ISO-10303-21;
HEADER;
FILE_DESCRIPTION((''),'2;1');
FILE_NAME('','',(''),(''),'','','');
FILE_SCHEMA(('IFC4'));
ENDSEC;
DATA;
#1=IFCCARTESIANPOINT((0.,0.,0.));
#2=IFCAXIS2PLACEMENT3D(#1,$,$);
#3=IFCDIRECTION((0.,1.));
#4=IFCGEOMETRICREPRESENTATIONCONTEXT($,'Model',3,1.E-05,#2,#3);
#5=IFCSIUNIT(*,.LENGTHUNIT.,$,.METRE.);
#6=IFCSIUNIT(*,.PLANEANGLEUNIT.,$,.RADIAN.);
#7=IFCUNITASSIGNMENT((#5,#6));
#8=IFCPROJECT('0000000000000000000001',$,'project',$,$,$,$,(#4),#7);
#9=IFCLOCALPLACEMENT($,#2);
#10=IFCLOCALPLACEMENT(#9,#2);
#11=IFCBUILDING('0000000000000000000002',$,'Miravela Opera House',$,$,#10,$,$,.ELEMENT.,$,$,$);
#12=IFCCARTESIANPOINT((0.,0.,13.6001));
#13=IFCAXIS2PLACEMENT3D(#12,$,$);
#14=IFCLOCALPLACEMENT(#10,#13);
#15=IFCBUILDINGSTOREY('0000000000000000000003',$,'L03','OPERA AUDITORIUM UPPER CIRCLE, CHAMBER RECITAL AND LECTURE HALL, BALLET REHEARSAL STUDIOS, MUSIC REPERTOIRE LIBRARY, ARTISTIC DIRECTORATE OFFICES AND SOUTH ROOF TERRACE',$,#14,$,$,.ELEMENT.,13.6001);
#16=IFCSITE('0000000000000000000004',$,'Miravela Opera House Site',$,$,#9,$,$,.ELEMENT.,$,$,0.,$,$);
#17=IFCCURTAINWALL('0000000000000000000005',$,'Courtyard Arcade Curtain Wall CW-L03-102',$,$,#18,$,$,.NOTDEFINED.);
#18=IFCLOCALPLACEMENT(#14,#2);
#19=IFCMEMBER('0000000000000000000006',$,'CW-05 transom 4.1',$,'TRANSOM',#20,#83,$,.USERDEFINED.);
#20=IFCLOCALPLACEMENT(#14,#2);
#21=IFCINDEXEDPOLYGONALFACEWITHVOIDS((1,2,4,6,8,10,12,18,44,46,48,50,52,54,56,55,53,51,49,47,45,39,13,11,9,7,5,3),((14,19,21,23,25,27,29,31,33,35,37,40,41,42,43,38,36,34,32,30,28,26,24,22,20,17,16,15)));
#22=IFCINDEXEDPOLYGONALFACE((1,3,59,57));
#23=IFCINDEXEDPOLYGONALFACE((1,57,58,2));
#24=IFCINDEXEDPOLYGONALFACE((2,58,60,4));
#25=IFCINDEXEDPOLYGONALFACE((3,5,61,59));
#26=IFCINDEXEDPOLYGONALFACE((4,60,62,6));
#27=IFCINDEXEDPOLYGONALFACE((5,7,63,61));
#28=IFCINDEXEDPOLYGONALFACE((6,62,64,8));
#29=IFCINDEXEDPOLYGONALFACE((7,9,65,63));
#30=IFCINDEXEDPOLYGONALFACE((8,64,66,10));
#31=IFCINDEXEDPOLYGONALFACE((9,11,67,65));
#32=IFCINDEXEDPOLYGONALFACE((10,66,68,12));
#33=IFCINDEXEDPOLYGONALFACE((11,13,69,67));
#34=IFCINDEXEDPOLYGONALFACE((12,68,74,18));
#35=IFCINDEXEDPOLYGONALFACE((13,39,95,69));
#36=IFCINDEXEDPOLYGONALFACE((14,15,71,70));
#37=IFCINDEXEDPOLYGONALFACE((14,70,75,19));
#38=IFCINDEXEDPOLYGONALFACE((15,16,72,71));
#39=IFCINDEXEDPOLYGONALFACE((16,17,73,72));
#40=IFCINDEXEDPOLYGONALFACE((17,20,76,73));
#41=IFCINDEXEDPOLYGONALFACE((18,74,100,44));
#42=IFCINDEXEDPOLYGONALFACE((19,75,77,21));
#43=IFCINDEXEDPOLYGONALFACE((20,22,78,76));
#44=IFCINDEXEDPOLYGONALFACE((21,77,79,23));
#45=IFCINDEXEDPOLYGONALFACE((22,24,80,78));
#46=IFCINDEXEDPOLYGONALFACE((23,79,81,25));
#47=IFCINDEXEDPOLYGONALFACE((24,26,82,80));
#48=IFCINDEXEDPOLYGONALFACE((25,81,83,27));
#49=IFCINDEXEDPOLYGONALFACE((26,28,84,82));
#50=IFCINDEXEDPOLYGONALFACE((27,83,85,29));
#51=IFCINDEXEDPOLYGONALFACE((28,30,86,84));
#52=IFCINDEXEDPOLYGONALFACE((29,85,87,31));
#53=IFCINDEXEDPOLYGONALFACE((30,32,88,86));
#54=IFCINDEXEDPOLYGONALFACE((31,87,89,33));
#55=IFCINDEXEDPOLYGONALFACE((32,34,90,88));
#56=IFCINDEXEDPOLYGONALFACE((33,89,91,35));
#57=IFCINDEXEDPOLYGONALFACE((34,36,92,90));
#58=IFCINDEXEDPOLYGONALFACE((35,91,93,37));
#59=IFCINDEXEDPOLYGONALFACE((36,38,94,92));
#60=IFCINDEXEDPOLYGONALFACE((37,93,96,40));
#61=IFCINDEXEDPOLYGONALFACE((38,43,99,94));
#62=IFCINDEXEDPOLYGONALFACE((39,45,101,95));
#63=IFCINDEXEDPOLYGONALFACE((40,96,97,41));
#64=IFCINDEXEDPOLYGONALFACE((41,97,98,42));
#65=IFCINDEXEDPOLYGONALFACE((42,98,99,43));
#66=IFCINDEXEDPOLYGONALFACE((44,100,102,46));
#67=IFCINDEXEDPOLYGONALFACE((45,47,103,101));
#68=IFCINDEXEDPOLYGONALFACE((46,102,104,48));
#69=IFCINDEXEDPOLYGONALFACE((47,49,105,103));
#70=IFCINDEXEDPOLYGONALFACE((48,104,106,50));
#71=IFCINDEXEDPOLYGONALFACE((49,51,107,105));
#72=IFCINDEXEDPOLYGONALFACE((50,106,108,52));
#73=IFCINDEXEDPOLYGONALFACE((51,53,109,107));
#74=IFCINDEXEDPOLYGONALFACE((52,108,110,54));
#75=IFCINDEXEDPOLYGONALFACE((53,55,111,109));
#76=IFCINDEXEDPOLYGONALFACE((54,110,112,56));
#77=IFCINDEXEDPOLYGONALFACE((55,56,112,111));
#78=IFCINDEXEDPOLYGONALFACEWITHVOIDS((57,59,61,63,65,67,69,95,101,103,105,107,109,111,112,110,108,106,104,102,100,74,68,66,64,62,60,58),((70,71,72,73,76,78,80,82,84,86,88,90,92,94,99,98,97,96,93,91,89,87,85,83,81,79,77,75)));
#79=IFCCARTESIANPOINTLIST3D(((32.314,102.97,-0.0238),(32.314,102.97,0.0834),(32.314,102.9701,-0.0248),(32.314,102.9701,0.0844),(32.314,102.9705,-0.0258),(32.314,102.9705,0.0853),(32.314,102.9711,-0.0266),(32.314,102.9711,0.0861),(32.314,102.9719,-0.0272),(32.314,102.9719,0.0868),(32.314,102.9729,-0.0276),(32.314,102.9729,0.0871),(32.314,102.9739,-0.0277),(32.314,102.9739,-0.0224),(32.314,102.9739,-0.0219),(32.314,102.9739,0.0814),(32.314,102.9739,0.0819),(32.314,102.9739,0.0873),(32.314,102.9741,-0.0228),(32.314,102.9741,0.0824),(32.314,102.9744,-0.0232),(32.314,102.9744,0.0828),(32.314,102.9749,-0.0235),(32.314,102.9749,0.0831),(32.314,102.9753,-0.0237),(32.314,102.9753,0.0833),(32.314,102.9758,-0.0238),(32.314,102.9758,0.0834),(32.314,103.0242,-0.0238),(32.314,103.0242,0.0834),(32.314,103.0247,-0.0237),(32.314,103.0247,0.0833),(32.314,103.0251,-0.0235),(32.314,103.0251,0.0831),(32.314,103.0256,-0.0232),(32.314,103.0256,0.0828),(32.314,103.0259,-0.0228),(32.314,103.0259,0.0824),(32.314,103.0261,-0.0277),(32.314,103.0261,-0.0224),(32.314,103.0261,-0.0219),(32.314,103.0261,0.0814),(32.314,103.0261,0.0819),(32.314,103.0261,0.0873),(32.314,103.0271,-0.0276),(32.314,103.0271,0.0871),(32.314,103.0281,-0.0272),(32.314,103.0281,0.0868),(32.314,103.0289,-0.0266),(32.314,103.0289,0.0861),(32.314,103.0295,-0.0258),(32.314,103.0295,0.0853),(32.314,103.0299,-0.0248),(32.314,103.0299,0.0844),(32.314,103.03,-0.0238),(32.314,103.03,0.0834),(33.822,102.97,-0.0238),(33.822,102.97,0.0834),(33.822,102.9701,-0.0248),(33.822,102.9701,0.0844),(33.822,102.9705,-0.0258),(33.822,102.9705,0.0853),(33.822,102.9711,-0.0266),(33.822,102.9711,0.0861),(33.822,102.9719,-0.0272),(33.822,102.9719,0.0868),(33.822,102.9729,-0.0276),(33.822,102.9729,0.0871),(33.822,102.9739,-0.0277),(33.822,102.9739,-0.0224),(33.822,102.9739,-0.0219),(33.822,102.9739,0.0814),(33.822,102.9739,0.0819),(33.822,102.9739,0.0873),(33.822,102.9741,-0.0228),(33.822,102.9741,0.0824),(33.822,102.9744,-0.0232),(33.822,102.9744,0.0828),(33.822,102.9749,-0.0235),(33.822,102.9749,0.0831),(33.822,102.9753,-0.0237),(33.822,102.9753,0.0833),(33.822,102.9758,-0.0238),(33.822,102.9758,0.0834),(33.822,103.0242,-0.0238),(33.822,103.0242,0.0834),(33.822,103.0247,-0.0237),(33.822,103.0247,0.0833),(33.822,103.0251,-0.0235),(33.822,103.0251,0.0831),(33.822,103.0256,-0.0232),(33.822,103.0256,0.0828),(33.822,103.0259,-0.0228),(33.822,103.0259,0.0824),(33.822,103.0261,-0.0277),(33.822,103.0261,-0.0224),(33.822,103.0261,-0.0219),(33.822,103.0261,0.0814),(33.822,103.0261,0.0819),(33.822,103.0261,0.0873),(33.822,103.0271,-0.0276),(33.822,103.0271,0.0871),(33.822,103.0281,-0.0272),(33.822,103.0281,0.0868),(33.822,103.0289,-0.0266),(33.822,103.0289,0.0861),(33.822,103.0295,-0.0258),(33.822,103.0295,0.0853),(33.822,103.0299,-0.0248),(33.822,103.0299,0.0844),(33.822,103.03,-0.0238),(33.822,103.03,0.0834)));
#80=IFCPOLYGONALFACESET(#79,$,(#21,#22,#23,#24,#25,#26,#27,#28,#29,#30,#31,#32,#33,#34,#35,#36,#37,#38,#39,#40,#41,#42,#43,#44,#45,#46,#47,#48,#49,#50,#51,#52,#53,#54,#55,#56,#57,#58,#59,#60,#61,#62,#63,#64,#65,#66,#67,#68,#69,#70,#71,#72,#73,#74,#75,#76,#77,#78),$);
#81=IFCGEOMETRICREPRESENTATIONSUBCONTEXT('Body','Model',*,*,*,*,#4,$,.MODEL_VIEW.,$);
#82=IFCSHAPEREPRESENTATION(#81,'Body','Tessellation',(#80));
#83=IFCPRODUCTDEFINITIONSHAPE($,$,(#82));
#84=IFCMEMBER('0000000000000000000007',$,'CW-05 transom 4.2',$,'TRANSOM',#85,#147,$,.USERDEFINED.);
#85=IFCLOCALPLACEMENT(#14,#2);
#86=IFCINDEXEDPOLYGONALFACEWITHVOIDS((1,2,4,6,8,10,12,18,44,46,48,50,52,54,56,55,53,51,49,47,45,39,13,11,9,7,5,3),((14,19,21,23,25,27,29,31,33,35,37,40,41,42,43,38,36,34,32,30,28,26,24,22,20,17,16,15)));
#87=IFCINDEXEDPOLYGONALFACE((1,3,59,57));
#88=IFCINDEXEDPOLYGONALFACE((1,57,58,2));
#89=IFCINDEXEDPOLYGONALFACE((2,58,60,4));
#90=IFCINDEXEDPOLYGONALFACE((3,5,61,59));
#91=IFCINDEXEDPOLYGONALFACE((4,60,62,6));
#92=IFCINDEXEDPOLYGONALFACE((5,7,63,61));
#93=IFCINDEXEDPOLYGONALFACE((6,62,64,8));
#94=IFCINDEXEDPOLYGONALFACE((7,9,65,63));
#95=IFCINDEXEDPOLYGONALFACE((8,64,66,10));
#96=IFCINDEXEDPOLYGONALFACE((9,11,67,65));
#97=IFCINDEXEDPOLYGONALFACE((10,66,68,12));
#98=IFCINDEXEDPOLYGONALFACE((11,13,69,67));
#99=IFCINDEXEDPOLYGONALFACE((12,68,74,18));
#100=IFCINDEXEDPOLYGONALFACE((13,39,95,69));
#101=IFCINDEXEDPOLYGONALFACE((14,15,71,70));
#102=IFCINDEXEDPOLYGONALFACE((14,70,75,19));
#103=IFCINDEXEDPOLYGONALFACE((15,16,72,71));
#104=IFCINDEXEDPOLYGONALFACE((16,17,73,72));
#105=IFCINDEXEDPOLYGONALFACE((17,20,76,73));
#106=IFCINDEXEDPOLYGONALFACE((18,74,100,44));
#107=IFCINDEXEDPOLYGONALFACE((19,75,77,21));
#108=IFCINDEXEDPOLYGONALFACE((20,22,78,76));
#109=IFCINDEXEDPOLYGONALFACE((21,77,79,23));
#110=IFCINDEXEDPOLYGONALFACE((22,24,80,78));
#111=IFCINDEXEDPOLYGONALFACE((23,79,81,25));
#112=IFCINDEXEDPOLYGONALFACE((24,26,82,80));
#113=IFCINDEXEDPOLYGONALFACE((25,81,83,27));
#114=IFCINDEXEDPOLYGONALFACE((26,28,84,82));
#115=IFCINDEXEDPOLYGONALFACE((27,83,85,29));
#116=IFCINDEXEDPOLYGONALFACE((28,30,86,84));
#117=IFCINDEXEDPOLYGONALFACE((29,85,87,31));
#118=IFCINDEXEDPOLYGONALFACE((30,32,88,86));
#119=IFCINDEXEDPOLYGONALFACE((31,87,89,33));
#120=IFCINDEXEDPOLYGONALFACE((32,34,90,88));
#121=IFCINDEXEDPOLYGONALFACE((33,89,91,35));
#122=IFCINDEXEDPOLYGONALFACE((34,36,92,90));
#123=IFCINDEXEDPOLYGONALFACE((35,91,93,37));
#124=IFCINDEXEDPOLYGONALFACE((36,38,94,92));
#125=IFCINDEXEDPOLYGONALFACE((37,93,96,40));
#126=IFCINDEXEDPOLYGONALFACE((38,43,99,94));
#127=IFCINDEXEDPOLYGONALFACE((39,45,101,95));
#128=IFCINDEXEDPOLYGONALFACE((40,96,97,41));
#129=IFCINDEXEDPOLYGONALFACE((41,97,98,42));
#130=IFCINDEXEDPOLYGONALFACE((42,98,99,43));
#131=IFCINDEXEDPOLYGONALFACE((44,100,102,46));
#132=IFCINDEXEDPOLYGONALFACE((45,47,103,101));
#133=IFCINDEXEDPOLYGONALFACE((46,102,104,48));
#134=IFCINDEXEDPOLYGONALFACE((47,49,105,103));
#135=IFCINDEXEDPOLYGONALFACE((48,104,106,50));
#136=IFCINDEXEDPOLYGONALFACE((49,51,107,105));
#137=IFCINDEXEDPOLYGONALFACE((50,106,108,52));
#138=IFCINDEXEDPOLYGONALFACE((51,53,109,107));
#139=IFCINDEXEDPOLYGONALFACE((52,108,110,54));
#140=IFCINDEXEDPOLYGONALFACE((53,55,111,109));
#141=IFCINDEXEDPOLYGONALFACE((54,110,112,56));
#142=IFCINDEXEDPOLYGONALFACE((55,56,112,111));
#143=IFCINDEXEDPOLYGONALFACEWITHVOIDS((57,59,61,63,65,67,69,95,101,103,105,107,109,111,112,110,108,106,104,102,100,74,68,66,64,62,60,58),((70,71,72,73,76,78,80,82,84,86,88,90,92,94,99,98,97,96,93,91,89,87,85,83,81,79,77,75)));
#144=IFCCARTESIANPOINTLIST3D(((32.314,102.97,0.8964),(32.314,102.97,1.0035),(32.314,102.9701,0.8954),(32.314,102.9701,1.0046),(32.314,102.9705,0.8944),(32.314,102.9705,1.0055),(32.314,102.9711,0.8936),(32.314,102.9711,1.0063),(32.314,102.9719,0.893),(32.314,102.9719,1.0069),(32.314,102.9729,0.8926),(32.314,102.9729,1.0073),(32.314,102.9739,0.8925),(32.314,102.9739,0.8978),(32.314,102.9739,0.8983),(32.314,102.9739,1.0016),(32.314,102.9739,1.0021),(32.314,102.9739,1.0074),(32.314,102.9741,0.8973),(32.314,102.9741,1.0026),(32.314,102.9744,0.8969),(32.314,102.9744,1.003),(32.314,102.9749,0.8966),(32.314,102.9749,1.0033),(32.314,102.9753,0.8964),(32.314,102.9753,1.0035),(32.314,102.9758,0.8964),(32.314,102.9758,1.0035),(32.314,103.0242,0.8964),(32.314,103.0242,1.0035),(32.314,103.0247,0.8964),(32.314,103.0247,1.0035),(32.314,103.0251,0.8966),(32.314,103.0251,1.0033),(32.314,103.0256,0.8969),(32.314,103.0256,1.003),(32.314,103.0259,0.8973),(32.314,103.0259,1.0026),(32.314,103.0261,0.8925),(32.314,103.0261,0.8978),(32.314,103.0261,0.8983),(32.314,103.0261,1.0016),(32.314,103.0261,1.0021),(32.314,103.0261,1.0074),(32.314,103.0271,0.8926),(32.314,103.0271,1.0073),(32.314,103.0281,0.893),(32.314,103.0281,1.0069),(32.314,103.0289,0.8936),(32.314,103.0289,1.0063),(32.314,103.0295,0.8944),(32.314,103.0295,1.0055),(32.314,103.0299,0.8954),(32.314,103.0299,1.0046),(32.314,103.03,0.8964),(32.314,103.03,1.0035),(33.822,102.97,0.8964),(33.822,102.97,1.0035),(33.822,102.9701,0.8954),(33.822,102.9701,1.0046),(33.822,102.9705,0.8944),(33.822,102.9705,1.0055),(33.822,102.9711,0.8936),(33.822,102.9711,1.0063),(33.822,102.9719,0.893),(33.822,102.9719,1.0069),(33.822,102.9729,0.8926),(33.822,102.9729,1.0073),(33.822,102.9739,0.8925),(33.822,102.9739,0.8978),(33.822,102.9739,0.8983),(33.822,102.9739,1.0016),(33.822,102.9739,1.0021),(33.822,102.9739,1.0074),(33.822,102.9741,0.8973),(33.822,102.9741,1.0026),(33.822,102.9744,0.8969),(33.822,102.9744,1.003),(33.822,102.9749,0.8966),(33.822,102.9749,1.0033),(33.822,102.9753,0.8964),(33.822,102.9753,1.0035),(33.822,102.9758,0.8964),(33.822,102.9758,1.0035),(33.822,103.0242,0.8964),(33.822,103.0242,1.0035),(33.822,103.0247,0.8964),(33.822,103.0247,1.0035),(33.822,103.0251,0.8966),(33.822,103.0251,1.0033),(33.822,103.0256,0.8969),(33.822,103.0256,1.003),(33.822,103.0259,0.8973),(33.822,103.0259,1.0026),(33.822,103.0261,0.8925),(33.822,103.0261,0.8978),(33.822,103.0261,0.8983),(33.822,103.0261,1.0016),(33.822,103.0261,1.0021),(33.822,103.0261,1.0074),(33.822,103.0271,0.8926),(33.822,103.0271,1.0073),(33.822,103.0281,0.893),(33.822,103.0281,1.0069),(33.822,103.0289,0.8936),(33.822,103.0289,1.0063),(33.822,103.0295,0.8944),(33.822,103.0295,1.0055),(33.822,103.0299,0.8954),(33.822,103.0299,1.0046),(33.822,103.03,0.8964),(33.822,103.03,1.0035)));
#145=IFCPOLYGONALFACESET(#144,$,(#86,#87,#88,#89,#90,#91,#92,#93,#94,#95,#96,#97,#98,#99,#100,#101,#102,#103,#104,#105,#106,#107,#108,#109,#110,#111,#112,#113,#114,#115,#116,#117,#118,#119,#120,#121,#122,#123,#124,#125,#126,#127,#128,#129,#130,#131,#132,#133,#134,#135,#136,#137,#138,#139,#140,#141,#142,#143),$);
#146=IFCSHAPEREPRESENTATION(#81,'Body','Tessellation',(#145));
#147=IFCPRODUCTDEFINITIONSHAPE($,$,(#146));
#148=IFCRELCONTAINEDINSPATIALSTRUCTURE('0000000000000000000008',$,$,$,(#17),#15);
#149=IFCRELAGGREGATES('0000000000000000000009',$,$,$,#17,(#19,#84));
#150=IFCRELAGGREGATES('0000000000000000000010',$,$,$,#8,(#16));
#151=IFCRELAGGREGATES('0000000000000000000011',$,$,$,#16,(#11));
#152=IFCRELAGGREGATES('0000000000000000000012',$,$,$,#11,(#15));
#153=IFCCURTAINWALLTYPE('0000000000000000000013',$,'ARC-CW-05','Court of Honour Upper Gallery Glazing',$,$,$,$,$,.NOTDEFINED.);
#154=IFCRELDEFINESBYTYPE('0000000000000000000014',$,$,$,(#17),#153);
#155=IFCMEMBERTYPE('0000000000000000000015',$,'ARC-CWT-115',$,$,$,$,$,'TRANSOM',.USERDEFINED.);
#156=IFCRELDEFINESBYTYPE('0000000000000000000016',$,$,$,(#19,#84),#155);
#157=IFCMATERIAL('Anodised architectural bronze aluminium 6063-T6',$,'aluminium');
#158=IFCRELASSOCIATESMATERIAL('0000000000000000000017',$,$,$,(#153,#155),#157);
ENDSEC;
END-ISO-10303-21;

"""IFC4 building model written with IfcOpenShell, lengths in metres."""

from ifc_helpers import new_model, si_unit, direction, frame, origin, origin_2d, place, context, subcontext, project, spatial, hollow_rectangle, extrude, material, material_profile, profile_set, type_object, element, aggregate, save


model = new_model("IFC4")

# Units and contexts
model_context = context("Model", 3, precision=1e-05, world=origin(), true_north=direction((0.0, 1.0)))
body_context = subcontext(model_context, "Body", "Model", "MODEL_VIEW")
ifc_project = project(units=[si_unit("LENGTHUNIT", "METRE"), si_unit("PLANEANGLEUNIT", "RADIAN")], contexts=[model_context])

# Site, building, storey
site_placement = place(None, origin())
site = spatial("IfcSite", under=ifc_project, at=site_placement, Name="Miravela Opera House Site", CompositionType="ELEMENT", RefElevation=0.0)
building_placement = place(site_placement, origin())
building = spatial("IfcBuilding", under=site, at=building_placement, Name="Miravela Opera House", CompositionType="ELEMENT")
storey_placement = place(building_placement, frame((0.0, 0.0, 13.6001)))
storey = spatial("IfcBuildingStorey", under=building, at=storey_placement, Name="L03", Description="OPERA AUDITORIUM UPPER CIRCLE, CHAMBER RECITAL AND LECTURE HALL, BALLET REHEARSAL STUDIOS, MUSIC REPERTOIRE LIBRARY, ARTISTIC DIRECTORATE OFFICES AND SOUTH ROOF TERRACE", CompositionType="ELEMENT", Elevation=13.6001)

# Curtain wall, members
ifc_material_1 = material(Name="Anodised architectural bronze aluminium 6063-T6", Category="aluminium")
curtain_wall_type = type_object("IfcCurtainWallType", Name="ARC-CW-05", Description="Court of Honour Upper Gallery Glazing", PredefinedType="NOTDEFINED", material=ifc_material_1)
curtain_wall_placement = place(storey_placement, origin())
curtain_wall = element("IfcCurtainWall", 1, at=curtain_wall_placement, inside=storey, type_object=curtain_wall_type, Name="Courtyard Arcade Curtain Wall CW-L03-102", PredefinedType="NOTDEFINED")
ifc_material_profile_1 = material_profile(ifc_material_1, hollow_rectangle(XDim=0.0601, YDim=0.115, WallThickness=0.0039, InnerFilletRadius=0.002, OuterFilletRadius=0.0039, at=origin_2d()), Name="CWT-60X115")
ifc_profile_set_1 = profile_set([ifc_material_profile_1])
member_type_1 = type_object("IfcMemberType", Name="ARC-CWT-115", ElementType="TRANSOM", PredefinedType="USERDEFINED", material=ifc_profile_set_1)
member_1_placement = place(storey_placement, frame((32.314, 103.0, 0.0298), z_axis=(1.0, 0.0, 0.0), x_axis=(0.0, 1.0, 0.0)))
member_1 = element("IfcMember", 2, at=member_1_placement, type_object=member_type_1, Name="CW-05 transom 4.1", ObjectType="TRANSOM", PredefinedType="USERDEFINED", context=body_context, shape_type="SweptSolid", body=[
    extrude(hollow_rectangle(XDim=0.0601, YDim=0.115, WallThickness=0.0039, InnerFilletRadius=0.002, OuterFilletRadius=0.0039, at=origin_2d()), origin(), (0.0, 0.0, 1.0), 1.5081),
])
member_2_placement = place(storey_placement, frame((32.314, 103.0, 0.95), z_axis=(1.0, 0.0, 0.0), x_axis=(0.0, 1.0, 0.0)))
member_2 = element("IfcMember", 3, at=member_2_placement, type_object=member_type_1, Name="CW-05 transom 4.2", ObjectType="TRANSOM", PredefinedType="USERDEFINED", context=body_context, shape_type="SweptSolid", body=[
    extrude(hollow_rectangle(XDim=0.0601, YDim=0.115, WallThickness=0.0039, InnerFilletRadius=0.002, OuterFilletRadius=0.0039, at=origin_2d()), origin(), (0.0, 0.0, 1.0), 1.5081),
])

aggregate(curtain_wall, [member_1, member_2])

save(model, "model.ifc")
